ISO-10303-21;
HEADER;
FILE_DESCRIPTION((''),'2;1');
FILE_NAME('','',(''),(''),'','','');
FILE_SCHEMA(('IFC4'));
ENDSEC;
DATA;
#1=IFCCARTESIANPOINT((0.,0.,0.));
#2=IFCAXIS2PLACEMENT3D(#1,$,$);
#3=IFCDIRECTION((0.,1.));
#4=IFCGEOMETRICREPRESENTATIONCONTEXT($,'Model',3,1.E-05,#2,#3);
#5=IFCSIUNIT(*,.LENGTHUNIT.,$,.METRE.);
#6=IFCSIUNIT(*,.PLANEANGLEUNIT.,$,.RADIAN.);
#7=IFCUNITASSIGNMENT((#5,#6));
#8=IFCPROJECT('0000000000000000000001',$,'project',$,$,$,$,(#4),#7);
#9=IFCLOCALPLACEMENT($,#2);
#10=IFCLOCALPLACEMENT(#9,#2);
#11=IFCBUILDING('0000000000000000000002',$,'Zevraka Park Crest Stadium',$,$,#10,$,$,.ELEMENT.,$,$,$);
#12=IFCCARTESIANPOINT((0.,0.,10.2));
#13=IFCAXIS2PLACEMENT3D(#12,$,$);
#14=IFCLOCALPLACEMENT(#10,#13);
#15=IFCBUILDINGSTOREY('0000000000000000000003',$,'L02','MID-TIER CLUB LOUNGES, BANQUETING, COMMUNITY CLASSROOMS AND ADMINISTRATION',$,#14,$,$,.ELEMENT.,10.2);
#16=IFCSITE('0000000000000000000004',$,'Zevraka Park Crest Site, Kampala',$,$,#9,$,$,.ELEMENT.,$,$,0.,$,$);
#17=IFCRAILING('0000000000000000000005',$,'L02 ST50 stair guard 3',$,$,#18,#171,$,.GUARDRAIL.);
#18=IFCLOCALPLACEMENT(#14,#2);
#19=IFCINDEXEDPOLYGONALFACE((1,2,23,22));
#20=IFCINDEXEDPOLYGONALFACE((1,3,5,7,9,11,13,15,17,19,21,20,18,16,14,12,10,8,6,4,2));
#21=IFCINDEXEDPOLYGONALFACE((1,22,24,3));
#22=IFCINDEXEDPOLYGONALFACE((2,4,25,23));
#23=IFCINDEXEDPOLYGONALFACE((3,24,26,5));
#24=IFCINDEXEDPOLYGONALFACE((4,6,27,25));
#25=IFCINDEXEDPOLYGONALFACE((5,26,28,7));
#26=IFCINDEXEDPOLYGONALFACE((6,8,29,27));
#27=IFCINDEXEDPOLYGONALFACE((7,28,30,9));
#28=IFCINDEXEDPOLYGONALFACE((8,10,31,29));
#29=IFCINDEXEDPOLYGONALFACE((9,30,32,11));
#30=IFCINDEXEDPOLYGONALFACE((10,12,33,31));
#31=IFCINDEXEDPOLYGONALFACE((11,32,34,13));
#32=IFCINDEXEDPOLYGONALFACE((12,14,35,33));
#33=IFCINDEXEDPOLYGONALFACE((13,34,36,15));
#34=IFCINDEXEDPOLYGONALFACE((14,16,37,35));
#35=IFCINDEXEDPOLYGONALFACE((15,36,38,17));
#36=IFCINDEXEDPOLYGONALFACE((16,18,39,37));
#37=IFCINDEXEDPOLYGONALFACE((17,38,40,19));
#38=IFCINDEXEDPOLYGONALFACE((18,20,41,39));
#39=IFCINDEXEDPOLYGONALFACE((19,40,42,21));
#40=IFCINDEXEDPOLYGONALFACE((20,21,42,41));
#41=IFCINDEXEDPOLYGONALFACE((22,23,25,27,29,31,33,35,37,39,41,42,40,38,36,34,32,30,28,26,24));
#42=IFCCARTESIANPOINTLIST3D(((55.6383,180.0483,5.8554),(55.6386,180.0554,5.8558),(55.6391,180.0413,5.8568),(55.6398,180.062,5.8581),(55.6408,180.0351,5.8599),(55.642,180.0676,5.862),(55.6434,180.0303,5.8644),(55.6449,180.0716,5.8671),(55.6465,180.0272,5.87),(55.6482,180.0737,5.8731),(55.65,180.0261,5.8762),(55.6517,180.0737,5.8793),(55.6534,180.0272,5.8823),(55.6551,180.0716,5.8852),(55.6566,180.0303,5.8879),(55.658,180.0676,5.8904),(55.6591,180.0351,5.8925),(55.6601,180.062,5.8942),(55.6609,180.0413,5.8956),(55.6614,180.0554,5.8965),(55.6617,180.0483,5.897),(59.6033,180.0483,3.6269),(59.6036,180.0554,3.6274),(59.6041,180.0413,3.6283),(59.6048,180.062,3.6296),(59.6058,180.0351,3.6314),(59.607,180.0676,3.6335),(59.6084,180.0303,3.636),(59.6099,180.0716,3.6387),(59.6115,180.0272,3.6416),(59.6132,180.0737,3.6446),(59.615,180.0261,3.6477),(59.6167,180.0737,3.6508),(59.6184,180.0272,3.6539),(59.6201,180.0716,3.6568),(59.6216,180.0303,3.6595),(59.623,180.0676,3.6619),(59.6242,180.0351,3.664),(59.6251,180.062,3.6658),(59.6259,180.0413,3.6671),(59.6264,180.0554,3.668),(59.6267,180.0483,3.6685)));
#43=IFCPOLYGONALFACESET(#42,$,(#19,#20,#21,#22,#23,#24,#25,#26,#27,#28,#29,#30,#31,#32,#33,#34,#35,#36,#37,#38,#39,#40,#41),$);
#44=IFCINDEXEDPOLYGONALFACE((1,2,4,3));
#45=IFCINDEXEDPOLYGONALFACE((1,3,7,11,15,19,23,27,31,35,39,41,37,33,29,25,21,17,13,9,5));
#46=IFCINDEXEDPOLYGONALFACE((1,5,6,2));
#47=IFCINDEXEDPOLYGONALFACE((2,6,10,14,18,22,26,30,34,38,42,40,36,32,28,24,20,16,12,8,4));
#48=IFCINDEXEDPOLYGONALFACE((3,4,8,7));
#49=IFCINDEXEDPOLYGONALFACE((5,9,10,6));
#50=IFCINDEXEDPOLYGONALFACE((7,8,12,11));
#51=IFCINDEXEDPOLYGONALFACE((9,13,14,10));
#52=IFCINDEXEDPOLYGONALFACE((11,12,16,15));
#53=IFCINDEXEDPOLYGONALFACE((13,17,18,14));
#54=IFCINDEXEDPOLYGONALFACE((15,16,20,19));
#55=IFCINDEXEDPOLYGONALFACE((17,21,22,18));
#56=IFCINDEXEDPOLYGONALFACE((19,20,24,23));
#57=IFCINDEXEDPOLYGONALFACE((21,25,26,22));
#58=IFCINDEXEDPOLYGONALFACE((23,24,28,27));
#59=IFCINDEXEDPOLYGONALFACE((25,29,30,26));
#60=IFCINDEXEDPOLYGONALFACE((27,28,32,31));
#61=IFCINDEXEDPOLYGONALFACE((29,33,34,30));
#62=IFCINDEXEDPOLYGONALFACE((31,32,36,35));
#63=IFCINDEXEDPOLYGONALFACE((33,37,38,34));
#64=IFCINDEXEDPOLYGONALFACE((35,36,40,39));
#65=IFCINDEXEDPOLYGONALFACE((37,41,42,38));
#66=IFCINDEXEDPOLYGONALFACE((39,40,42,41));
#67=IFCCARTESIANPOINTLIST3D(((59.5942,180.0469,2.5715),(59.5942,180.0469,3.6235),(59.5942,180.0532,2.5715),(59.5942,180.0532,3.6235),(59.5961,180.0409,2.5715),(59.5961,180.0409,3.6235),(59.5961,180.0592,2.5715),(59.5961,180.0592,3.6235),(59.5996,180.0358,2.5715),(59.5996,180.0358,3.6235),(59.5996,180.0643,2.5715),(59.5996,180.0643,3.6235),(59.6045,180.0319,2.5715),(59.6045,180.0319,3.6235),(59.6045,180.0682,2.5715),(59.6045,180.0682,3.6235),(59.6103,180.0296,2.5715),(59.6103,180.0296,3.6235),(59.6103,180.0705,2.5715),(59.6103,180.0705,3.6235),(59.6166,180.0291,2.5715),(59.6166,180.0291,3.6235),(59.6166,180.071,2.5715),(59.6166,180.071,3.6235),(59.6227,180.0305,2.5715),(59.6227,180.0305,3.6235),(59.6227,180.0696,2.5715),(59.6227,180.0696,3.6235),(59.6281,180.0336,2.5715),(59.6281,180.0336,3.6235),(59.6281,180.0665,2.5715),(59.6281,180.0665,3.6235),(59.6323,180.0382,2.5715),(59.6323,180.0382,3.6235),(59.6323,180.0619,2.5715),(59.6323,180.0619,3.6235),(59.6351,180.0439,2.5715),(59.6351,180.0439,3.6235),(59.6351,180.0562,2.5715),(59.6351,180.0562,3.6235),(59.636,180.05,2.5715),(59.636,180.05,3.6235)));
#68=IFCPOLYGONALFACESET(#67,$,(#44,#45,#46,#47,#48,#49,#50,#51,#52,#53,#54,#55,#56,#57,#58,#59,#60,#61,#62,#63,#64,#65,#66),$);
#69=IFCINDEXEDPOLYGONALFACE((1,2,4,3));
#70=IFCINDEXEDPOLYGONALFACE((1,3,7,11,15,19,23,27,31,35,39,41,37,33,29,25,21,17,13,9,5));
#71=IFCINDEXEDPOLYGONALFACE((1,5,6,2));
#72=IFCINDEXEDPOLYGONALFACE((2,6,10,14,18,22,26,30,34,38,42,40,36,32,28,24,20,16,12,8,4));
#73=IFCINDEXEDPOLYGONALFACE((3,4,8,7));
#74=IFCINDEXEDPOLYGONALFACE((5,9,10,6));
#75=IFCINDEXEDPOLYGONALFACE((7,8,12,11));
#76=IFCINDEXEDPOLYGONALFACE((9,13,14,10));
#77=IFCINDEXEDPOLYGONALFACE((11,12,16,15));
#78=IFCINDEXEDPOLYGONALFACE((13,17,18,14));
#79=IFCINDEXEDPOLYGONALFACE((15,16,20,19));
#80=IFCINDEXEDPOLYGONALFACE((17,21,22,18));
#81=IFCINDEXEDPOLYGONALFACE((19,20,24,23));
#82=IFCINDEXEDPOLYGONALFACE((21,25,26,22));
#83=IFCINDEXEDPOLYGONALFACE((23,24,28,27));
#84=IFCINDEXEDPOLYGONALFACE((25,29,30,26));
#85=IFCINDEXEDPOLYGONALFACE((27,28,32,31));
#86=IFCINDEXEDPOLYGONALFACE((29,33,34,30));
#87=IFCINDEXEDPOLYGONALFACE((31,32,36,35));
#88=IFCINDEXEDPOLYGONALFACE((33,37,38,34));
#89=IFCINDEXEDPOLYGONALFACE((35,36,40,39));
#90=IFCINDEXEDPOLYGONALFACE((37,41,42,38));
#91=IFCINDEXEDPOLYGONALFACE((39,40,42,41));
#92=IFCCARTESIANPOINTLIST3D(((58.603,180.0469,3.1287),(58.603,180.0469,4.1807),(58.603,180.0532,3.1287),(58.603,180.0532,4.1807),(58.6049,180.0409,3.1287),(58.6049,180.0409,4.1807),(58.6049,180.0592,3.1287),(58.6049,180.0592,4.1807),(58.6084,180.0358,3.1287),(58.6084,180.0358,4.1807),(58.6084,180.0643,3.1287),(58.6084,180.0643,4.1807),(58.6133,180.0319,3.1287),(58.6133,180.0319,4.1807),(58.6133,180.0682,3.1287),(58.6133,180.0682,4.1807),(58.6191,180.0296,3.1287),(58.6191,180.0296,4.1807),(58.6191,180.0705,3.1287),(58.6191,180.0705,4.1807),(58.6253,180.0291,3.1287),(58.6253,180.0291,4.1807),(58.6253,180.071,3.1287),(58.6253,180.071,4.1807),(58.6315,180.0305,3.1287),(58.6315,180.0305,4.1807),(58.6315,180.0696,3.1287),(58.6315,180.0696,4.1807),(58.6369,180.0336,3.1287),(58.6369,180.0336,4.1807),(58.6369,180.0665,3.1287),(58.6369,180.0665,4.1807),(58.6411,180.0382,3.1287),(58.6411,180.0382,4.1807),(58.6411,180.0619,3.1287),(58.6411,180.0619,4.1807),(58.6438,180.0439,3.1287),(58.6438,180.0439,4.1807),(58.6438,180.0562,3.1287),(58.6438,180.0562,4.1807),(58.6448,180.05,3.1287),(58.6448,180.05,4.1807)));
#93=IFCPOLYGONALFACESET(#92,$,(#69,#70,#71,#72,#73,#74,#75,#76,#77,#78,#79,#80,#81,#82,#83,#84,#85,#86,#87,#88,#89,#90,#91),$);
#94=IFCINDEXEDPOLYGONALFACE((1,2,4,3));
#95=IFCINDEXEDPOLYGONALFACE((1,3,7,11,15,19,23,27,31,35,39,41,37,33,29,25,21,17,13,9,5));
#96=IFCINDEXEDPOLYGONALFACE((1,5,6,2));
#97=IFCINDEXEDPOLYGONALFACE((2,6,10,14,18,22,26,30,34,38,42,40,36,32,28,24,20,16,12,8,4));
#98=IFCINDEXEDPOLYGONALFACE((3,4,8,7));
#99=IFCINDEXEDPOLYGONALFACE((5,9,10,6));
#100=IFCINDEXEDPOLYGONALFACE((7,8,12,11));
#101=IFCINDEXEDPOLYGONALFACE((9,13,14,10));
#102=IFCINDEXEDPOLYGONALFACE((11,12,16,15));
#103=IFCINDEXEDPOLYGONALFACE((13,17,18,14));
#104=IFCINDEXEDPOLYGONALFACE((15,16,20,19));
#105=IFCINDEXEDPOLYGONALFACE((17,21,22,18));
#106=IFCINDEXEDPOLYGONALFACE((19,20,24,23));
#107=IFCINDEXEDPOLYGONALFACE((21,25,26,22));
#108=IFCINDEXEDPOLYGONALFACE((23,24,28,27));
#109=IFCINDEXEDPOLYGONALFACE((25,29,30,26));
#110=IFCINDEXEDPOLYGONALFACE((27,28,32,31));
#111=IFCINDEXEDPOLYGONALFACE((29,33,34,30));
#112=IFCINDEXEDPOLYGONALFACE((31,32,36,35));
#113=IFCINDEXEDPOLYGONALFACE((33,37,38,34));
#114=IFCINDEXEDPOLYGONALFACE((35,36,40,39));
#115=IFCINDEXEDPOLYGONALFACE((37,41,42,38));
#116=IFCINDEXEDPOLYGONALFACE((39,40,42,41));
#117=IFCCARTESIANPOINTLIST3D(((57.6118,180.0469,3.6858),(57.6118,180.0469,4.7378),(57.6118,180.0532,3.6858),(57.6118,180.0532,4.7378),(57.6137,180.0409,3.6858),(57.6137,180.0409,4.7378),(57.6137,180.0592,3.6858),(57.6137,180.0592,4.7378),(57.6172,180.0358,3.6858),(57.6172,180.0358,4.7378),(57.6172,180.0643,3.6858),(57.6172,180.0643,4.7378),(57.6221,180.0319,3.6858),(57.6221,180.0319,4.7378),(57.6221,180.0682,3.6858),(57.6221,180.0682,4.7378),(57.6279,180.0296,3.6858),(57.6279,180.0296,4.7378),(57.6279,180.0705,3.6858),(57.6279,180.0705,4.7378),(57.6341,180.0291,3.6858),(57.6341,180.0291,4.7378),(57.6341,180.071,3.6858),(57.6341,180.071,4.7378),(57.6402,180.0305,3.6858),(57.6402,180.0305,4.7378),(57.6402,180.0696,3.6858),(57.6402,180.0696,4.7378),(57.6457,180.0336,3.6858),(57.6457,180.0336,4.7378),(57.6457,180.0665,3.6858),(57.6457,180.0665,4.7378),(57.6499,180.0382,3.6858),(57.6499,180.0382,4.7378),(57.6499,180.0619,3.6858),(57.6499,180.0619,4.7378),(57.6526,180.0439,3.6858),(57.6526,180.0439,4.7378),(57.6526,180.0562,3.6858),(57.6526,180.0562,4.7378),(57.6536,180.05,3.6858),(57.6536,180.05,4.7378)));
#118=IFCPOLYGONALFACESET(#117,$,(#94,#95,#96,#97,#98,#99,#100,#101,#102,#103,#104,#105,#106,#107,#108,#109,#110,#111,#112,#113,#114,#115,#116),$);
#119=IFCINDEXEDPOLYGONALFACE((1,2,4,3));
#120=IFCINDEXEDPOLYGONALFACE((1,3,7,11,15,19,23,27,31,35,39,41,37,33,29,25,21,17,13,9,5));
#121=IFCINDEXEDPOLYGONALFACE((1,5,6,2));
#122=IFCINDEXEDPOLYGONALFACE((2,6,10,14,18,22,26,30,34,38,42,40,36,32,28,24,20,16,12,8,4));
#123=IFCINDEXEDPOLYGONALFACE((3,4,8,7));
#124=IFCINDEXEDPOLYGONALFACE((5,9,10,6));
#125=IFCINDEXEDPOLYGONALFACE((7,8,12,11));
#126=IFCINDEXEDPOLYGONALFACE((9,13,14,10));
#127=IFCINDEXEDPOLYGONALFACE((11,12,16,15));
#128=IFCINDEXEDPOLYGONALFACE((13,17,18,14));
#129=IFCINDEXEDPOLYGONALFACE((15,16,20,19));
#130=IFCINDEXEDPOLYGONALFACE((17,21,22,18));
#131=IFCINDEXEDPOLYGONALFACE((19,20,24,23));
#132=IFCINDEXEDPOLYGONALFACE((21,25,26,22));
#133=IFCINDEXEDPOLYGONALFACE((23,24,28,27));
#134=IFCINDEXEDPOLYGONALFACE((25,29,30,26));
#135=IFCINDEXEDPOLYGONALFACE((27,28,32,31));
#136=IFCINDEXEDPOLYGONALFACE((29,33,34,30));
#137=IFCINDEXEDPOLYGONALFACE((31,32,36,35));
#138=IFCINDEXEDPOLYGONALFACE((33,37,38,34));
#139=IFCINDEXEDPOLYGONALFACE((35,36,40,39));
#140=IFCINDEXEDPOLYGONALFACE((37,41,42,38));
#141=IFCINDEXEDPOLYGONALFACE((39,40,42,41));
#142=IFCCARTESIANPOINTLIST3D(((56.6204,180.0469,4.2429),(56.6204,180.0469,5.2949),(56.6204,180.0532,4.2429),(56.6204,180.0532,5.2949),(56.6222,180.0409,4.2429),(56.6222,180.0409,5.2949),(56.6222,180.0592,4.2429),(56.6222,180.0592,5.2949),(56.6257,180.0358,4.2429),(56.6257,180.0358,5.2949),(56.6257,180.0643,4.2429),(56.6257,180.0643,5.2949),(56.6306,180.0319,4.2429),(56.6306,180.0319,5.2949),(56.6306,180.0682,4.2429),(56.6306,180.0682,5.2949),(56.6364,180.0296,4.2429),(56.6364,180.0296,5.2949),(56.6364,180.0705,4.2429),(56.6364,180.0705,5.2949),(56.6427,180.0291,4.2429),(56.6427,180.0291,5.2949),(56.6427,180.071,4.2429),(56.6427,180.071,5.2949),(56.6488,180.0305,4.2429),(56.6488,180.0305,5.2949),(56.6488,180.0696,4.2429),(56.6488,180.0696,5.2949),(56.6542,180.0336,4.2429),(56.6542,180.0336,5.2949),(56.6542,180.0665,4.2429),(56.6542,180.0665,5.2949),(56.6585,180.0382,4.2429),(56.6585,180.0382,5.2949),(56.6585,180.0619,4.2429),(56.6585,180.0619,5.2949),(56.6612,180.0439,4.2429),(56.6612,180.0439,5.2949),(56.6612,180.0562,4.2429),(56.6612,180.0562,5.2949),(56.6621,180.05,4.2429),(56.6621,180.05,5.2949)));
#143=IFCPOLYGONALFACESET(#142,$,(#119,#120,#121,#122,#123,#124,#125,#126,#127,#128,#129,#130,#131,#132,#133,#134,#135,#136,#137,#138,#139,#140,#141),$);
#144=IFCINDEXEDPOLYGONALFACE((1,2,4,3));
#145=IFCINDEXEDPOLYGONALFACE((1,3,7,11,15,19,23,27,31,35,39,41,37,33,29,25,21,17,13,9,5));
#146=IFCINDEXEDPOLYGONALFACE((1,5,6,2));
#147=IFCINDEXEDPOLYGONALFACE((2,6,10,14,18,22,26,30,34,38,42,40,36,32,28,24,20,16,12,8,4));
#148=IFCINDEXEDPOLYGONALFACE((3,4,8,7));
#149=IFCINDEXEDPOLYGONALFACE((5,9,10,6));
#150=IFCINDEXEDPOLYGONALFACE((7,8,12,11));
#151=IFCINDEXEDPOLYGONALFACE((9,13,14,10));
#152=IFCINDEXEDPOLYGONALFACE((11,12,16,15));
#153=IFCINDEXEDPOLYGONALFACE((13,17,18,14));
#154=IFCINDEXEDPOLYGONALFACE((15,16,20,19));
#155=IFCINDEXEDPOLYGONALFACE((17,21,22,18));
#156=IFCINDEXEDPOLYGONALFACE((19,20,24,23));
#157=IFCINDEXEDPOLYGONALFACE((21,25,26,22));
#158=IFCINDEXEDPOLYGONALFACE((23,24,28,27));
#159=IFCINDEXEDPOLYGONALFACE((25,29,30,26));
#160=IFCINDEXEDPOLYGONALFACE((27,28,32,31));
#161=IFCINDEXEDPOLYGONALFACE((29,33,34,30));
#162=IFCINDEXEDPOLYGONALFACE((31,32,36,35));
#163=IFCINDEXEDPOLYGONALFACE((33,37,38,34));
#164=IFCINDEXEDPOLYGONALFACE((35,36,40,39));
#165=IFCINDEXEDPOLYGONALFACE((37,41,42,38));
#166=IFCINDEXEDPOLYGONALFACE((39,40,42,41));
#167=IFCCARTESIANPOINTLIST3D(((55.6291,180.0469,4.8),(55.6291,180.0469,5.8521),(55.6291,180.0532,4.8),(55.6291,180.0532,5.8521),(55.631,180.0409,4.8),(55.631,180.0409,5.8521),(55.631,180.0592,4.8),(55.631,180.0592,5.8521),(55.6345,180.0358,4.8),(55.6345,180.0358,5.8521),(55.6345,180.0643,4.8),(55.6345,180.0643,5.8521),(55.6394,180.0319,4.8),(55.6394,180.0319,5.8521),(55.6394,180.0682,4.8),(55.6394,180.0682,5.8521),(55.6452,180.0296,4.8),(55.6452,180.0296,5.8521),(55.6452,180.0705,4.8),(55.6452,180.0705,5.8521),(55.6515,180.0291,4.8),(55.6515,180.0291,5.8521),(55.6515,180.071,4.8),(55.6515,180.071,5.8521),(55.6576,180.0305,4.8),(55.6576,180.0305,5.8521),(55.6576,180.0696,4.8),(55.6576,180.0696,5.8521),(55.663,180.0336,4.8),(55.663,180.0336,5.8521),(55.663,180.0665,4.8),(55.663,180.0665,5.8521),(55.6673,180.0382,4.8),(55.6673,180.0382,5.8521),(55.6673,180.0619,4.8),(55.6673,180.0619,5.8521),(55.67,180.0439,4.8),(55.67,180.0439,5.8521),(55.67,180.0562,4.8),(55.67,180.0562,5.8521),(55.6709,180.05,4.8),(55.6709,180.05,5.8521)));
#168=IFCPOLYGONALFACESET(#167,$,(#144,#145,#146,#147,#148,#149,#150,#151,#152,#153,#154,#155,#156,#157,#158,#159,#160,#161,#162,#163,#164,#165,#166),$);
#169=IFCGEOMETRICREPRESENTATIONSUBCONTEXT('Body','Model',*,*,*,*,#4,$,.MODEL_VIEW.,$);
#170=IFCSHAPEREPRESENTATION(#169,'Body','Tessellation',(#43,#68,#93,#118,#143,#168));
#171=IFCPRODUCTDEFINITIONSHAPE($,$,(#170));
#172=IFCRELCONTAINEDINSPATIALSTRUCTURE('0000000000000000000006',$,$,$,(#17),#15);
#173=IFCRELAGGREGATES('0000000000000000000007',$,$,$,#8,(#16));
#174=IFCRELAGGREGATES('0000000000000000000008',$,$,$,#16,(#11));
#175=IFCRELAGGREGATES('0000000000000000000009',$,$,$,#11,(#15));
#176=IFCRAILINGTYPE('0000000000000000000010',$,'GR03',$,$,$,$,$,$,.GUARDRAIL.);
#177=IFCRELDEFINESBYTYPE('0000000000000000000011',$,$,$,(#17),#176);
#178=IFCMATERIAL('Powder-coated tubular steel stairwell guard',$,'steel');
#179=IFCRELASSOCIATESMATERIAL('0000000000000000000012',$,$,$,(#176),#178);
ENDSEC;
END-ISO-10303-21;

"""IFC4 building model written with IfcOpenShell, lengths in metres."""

from ifc_helpers import new_model, si_unit, direction, frame, origin, origin_2d, place, context, subcontext, project, spatial, circle, extrude, material, type_object, element, save


model = new_model("IFC4")

# Units and contexts
model_context = context("Model", 3, precision=1e-05, world=origin(), true_north=direction((0.0, 1.0)))
body_context = subcontext(model_context, "Body", "Model", "MODEL_VIEW")
ifc_project = project(units=[si_unit("LENGTHUNIT", "METRE"), si_unit("PLANEANGLEUNIT", "RADIAN")], contexts=[model_context])

# Site, building, storey
site_placement = place(None, origin())
site = spatial("IfcSite", under=ifc_project, at=site_placement, Name="Zevraka Park Crest Site, Kampala", CompositionType="ELEMENT", RefElevation=0.0)
building_placement = place(site_placement, origin())
building = spatial("IfcBuilding", under=site, at=building_placement, Name="Zevraka Park Crest Stadium", CompositionType="ELEMENT")
storey_placement = place(building_placement, frame((0.0, 0.0, 10.2)))
storey = spatial("IfcBuildingStorey", under=building, at=storey_placement, Name="L02", Description="MID-TIER CLUB LOUNGES, BANQUETING, COMMUNITY CLASSROOMS AND ADMINISTRATION", CompositionType="ELEMENT", Elevation=10.2)

# Railing
ifc_material_1 = material(Name="Powder-coated tubular steel stairwell guard", Category="steel")
railing_type_1 = type_object("IfcRailingType", Name="GR03", PredefinedType="GUARDRAIL", material=ifc_material_1)
railing_1_placement = place(storey_placement, frame((59.615, 180.05, 2.5715)))
element("IfcRailing", 1, at=railing_1_placement, inside=storey, type_object=railing_type_1, Name="L02 ST50 stair guard 3", PredefinedType="GUARDRAIL", context=body_context, shape_type="SweptSolid", body=[
    extrude(circle(Radius=0.0239, at=origin_2d()), frame((0.0, 0.0, 1.0762), z_axis=(-0.871749, 0.0, 0.489953), x_axis=(0.0, -1.0, 0.0)), (0.0, 0.0, 1.0), 4.5483),
    extrude(circle(Radius=0.021, at=origin_2d()), origin(), (0.0, 0.0, 1.0), 1.052),
    extrude(circle(Radius=0.021, at=origin_2d()), frame((-0.9912, 0.0, 0.5571)), (0.0, 0.0, 1.0), 1.052),
    extrude(circle(Radius=0.021, at=origin_2d()), frame((-1.9824, 0.0, 1.1143)), (0.0, 0.0, 1.0), 1.052),
    extrude(circle(Radius=0.021, at=origin_2d()), frame((-2.9739, 0.0, 1.6714)), (0.0, 0.0, 1.0), 1.052),
    extrude(circle(Radius=0.021, at=origin_2d()), frame((-3.9651, 0.0, 2.2285)), (0.0, 0.0, 1.0), 1.052),
])

save(model, "model.ifc")
